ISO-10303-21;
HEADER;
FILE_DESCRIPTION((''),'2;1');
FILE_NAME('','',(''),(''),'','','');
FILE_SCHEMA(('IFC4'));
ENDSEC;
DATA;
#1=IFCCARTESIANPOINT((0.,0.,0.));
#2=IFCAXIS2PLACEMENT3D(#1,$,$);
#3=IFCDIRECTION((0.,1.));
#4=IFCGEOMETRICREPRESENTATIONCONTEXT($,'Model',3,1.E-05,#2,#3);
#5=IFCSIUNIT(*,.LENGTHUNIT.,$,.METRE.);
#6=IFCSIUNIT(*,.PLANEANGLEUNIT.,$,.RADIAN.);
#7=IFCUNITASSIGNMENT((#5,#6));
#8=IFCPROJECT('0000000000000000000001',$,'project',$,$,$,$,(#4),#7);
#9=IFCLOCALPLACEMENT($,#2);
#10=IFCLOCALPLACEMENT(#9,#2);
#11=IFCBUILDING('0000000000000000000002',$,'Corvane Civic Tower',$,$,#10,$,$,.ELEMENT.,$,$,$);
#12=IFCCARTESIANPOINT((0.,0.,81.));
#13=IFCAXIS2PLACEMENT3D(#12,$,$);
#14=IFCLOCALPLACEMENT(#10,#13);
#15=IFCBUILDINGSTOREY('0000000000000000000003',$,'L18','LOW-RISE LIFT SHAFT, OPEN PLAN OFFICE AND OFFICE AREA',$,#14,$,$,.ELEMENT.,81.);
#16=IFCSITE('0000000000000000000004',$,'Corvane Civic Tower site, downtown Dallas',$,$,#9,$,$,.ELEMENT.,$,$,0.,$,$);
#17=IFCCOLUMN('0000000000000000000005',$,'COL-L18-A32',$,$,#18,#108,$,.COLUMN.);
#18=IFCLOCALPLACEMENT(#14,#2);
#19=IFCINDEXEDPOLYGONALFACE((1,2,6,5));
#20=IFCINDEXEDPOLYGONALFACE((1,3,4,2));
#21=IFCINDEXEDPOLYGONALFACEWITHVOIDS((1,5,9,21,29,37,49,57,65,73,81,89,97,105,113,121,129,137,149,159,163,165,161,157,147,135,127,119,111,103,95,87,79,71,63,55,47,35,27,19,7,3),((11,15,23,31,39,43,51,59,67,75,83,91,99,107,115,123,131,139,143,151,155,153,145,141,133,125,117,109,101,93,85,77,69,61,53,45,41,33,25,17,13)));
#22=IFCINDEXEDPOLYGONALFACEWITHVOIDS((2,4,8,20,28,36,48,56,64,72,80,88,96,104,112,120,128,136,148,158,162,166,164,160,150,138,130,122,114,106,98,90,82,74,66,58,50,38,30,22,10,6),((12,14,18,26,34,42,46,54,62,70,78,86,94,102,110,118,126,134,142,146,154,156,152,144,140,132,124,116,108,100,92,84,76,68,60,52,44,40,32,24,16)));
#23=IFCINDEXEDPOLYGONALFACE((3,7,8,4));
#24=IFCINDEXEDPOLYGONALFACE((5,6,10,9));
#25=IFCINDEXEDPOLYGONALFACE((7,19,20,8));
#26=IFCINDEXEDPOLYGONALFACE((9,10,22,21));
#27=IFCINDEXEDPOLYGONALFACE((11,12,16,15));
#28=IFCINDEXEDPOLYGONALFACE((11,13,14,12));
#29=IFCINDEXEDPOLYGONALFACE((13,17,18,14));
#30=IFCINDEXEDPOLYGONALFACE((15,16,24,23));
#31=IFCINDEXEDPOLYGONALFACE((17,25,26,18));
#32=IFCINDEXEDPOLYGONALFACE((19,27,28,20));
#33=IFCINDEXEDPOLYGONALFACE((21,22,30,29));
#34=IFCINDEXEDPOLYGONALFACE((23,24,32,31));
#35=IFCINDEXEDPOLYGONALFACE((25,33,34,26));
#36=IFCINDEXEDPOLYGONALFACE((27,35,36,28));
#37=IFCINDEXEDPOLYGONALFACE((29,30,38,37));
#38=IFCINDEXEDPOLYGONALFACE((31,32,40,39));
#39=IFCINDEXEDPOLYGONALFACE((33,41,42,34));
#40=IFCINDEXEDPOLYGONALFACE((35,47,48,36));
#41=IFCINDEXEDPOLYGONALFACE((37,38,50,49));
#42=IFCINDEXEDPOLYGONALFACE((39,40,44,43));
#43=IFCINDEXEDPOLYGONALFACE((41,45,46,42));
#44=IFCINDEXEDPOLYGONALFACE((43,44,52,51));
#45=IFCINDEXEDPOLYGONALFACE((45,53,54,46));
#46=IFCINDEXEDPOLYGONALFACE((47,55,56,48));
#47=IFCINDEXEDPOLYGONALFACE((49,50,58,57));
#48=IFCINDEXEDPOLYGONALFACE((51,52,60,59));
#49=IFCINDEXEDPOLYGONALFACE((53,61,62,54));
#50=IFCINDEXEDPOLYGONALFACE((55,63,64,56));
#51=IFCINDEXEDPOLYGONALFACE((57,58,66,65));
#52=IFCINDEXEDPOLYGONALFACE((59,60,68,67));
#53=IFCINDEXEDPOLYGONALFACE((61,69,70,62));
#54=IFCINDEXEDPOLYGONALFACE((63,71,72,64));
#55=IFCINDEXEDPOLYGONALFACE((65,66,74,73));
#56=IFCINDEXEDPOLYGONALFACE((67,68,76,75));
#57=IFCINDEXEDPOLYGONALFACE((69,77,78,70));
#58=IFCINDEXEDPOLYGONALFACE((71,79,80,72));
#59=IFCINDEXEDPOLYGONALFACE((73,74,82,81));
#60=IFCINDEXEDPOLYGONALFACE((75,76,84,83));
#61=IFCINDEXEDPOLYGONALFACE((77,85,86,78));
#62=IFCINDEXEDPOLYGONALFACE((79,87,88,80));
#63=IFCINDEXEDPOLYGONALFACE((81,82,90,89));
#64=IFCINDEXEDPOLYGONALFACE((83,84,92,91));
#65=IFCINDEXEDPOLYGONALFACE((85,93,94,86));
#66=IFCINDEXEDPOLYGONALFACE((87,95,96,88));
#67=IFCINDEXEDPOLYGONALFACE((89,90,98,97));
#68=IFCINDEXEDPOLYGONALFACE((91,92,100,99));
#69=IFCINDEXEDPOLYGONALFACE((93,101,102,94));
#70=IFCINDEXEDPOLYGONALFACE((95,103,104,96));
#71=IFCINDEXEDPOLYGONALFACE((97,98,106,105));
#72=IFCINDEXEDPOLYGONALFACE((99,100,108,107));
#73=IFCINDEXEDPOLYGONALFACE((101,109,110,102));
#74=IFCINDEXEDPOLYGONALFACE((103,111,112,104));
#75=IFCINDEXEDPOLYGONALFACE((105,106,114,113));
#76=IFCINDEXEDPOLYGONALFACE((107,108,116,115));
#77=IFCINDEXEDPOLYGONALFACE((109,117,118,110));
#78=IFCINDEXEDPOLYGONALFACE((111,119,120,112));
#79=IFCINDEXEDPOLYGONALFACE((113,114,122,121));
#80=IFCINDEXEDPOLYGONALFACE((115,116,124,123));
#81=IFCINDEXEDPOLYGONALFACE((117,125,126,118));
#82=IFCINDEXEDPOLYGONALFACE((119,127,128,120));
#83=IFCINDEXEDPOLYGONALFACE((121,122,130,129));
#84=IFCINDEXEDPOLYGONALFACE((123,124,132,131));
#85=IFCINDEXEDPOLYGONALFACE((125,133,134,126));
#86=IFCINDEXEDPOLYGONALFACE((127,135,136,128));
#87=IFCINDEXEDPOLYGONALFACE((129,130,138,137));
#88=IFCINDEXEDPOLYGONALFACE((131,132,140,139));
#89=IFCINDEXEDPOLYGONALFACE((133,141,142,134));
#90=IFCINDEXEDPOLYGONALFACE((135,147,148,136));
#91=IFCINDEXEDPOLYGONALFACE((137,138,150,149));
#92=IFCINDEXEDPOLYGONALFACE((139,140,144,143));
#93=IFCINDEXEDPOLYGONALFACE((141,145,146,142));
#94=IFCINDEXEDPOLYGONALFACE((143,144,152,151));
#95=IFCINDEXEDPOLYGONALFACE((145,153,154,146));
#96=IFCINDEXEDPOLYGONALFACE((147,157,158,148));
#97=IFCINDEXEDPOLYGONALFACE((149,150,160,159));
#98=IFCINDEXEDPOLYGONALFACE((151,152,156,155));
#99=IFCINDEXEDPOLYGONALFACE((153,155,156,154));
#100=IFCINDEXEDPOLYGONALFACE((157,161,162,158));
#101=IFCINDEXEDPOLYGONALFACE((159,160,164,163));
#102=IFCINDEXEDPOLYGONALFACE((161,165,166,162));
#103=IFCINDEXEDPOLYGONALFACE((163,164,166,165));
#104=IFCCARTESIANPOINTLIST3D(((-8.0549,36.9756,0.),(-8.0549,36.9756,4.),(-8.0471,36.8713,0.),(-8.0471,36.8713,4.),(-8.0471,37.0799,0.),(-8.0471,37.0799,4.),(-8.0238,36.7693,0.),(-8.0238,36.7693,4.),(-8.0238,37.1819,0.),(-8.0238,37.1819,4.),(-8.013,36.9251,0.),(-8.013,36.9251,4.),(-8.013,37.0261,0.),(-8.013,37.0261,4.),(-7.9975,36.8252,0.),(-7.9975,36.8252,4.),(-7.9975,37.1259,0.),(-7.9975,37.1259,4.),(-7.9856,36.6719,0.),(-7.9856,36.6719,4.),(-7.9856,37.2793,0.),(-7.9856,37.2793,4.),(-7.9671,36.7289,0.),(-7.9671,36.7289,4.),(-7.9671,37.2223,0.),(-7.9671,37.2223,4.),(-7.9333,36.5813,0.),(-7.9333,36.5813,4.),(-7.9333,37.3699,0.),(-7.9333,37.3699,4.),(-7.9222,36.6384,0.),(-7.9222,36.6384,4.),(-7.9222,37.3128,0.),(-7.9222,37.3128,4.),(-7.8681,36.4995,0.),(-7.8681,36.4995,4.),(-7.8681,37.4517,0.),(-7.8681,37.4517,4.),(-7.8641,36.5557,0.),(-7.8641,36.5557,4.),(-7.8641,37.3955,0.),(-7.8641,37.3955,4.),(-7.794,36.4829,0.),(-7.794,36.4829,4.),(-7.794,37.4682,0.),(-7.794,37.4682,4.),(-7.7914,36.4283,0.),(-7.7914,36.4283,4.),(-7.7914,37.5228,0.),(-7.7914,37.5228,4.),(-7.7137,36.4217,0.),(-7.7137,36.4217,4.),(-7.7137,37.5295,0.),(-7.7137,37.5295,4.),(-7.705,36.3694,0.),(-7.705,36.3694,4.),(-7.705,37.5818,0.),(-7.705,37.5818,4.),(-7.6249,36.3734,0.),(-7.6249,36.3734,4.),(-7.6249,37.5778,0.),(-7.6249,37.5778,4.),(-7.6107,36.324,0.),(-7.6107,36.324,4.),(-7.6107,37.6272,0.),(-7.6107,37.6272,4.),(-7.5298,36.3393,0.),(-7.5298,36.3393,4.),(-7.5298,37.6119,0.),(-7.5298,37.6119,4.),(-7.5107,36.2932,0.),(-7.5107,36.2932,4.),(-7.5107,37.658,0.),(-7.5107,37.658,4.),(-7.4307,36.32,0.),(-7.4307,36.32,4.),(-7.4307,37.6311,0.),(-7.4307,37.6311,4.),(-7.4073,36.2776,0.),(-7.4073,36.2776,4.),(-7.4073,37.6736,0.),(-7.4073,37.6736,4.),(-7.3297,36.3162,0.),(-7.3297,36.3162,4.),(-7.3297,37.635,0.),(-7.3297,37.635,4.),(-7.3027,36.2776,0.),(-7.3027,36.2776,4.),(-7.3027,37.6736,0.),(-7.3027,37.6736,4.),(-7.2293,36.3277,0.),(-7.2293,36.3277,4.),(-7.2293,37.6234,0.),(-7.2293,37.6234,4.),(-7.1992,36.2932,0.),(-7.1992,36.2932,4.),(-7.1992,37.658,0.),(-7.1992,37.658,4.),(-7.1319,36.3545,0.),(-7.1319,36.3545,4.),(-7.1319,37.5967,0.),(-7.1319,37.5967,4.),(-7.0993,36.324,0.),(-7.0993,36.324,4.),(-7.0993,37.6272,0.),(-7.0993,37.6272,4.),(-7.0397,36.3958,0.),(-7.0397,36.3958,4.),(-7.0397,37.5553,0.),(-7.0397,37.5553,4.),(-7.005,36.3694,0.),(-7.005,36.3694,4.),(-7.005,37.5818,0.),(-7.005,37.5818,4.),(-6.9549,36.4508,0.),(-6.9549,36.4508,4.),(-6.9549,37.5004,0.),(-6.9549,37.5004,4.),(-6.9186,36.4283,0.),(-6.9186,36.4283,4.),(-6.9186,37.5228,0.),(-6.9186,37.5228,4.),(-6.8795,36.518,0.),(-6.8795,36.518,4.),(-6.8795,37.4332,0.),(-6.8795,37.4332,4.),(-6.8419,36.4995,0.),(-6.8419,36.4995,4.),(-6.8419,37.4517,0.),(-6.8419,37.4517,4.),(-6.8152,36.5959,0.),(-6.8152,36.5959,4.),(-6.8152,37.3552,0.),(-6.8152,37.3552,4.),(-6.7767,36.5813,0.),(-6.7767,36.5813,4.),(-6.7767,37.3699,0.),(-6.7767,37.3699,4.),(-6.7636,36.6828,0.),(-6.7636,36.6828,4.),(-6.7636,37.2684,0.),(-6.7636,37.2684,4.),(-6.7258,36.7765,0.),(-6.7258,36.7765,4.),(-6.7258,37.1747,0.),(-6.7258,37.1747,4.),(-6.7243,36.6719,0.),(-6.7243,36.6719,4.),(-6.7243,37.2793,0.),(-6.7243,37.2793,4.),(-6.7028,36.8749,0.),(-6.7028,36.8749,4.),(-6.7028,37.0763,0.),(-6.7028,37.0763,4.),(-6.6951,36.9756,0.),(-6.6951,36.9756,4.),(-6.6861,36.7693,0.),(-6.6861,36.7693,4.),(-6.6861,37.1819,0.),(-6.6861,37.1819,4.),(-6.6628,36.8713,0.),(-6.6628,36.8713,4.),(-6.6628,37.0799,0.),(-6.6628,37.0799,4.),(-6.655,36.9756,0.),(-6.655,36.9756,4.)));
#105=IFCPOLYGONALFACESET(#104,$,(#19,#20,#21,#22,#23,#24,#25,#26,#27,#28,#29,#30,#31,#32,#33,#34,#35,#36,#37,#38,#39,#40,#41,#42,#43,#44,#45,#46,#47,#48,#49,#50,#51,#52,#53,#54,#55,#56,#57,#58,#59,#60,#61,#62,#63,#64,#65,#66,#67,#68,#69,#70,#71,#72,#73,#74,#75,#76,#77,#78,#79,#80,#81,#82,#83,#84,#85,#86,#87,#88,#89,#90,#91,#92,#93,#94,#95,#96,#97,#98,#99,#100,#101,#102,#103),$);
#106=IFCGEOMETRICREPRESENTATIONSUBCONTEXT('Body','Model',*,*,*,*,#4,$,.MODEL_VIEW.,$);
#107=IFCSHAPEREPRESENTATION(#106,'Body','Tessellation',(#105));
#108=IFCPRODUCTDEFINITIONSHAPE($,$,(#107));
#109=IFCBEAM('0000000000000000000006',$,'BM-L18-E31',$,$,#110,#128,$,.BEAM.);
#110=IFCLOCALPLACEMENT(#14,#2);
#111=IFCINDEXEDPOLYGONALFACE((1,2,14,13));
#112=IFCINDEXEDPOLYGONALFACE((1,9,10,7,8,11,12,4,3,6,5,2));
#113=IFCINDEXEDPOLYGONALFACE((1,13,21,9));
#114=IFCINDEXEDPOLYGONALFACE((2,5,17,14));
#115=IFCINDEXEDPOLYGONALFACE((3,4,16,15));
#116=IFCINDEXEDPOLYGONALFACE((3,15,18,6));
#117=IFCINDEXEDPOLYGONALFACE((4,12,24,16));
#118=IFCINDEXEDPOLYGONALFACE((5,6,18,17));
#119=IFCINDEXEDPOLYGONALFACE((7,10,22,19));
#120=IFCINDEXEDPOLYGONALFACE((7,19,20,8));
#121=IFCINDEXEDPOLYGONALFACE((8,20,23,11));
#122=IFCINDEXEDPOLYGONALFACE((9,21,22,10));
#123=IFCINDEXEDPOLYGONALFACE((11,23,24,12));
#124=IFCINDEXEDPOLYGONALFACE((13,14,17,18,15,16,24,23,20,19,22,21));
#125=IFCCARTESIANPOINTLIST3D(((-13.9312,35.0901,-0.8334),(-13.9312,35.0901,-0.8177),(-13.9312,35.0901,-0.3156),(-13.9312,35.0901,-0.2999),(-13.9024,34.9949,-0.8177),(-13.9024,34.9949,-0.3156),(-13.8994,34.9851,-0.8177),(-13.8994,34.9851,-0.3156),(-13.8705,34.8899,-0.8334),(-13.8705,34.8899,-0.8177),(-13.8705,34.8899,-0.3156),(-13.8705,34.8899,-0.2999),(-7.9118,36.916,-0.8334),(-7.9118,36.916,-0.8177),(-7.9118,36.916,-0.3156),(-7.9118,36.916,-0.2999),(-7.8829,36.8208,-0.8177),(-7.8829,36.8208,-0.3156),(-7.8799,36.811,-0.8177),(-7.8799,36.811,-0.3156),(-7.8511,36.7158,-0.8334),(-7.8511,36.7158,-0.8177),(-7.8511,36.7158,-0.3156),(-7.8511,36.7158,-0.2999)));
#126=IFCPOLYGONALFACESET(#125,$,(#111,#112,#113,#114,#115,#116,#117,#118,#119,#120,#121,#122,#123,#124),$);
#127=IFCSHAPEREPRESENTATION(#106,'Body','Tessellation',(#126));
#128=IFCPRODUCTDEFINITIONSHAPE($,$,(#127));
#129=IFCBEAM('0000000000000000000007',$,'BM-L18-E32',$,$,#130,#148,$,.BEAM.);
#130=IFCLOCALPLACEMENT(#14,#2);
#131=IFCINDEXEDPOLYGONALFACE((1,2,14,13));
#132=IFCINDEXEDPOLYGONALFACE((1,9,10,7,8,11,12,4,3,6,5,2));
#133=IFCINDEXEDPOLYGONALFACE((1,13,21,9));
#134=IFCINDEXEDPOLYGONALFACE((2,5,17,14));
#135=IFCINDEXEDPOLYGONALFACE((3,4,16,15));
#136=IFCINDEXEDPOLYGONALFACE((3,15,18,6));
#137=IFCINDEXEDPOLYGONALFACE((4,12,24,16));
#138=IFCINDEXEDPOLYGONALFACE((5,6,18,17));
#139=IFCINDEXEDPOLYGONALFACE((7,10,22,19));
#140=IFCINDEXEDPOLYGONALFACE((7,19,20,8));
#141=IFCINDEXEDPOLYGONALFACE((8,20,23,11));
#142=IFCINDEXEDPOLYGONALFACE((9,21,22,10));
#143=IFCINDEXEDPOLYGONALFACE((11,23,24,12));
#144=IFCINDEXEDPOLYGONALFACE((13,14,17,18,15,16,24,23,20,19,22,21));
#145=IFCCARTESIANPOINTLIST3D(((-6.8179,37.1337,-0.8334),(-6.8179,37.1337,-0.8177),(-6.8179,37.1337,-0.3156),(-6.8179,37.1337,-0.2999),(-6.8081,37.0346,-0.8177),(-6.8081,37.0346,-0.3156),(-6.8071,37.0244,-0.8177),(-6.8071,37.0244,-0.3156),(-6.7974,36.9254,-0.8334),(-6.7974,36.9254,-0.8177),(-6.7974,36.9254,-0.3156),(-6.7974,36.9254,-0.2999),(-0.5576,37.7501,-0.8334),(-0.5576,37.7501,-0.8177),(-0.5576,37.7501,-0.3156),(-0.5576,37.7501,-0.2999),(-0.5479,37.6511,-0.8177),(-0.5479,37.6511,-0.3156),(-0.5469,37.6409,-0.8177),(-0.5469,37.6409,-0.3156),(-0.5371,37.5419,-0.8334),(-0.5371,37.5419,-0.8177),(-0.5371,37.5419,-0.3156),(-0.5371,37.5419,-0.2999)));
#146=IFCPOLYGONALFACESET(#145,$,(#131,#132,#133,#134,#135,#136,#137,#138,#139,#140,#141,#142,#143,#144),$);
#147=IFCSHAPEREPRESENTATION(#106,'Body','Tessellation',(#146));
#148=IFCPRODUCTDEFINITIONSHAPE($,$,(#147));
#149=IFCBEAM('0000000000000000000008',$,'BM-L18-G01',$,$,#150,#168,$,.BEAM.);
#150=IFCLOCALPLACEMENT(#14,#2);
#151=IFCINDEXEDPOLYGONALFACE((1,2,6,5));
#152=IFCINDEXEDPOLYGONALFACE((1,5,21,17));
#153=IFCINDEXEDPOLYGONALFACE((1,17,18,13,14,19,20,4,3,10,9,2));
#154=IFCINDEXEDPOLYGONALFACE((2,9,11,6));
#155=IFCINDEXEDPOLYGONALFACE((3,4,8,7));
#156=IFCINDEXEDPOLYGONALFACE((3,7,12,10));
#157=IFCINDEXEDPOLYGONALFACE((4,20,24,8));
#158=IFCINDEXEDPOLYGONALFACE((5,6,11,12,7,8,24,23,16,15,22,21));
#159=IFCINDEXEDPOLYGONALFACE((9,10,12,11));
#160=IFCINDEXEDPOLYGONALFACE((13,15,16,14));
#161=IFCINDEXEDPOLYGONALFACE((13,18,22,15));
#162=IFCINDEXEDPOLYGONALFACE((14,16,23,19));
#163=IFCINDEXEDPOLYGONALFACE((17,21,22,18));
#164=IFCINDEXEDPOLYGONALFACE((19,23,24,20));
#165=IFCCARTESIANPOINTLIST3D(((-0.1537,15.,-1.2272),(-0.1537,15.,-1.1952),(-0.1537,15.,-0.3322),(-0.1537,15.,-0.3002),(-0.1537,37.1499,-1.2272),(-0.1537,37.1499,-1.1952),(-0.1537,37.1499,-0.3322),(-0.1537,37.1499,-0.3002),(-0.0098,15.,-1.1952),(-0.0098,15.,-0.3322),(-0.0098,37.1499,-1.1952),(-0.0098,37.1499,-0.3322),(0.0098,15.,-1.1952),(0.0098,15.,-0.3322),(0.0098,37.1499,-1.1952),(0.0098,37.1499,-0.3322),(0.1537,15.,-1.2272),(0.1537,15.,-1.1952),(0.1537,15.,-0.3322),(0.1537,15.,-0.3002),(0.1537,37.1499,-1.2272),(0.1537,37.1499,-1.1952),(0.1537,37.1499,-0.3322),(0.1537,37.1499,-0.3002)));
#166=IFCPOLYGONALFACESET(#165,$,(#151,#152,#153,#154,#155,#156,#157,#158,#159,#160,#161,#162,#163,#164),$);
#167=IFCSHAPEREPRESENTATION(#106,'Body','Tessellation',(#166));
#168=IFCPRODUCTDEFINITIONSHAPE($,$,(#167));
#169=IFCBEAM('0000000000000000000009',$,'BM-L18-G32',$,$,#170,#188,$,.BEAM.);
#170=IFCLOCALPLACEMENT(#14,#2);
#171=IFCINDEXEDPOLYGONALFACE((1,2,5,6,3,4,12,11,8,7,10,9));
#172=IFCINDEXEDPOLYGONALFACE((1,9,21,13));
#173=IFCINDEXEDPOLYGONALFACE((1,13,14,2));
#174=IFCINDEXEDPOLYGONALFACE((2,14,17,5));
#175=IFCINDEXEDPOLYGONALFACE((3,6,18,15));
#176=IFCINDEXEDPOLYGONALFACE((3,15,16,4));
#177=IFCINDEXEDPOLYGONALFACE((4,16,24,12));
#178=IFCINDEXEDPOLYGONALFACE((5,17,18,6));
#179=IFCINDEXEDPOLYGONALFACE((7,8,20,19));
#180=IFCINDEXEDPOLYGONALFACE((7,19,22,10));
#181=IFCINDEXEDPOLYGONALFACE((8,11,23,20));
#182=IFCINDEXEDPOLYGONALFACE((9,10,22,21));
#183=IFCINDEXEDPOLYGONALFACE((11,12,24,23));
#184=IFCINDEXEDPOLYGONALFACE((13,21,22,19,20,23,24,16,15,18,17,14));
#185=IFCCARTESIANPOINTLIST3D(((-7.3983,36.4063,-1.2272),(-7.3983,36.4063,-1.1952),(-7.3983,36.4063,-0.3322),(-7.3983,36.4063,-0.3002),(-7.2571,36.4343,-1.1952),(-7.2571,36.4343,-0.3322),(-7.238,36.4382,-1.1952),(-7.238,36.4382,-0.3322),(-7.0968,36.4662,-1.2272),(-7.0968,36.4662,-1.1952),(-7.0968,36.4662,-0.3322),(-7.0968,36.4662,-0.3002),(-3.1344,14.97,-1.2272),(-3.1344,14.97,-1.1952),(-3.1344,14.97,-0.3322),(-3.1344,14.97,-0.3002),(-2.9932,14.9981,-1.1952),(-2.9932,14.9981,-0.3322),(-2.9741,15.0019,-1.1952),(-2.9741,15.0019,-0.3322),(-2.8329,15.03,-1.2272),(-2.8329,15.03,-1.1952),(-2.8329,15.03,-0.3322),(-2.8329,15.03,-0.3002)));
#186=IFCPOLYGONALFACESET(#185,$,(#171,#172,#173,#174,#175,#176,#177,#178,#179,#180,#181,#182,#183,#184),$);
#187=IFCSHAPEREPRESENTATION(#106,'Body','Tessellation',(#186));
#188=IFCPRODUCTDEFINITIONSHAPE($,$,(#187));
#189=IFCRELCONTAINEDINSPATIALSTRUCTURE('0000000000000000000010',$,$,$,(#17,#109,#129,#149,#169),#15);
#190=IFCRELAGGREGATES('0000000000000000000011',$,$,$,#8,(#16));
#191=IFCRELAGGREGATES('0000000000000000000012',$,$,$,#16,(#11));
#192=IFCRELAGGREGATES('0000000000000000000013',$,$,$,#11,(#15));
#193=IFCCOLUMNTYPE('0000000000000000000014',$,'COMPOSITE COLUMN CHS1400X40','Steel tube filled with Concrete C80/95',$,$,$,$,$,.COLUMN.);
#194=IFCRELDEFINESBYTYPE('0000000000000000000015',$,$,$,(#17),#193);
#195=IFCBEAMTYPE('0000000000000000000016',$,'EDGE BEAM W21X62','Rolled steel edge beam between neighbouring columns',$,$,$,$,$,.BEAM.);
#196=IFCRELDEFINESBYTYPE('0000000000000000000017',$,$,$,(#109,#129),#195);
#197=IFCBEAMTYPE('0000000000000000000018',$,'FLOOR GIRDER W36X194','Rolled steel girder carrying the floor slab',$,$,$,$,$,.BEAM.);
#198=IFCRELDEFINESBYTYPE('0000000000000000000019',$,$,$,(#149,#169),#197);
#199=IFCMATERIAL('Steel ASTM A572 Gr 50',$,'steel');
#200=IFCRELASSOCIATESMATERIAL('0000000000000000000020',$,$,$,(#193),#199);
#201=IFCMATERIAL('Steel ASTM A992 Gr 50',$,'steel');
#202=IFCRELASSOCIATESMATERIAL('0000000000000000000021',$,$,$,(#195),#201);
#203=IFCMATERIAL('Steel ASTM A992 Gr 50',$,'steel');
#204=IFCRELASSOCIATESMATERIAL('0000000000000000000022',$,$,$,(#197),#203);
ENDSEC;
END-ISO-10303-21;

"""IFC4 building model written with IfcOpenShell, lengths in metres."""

from ifc_helpers import new_model, si_unit, direction, frame, origin, origin_2d, place, context, subcontext, project, spatial, hollow_circle, i_section, extrude, material, material_profile, profile_set, type_object, element, save


model = new_model("IFC4")

# Units and contexts
model_context = context("Model", 3, precision=1e-05, world=origin(), true_north=direction((0.0, 1.0)))
body_context = subcontext(model_context, "Body", "Model", "MODEL_VIEW")
ifc_project = project(units=[si_unit("LENGTHUNIT", "METRE"), si_unit("PLANEANGLEUNIT", "RADIAN")], contexts=[model_context])

# Site, building, storey
site_placement = place(None, origin())
site = spatial("IfcSite", under=ifc_project, at=site_placement, Name="Corvane Civic Tower site, downtown Dallas", CompositionType="ELEMENT", RefElevation=0.0)
building_placement = place(site_placement, origin())
building = spatial("IfcBuilding", under=site, at=building_placement, Name="Corvane Civic Tower", CompositionType="ELEMENT")
storey_placement = place(building_placement, frame((0.0, 0.0, 81.0)))
storey = spatial("IfcBuildingStorey", under=building, at=storey_placement, Name="L18", Description="LOW-RISE LIFT SHAFT, OPEN PLAN OFFICE AND OFFICE AREA", CompositionType="ELEMENT", Elevation=81.0)

# Column
ifc_material_1 = material(Name="Steel ASTM A572 Gr 50", Category="steel")
ifc_material_profile_1 = material_profile(ifc_material_1, hollow_circle(Radius=0.7, WallThickness=0.04, at=origin_2d()), Name="CHS1400X40")
ifc_profile_set_1 = profile_set([ifc_material_profile_1], Name="Steel ASTM A572 Gr 50")
column_type = type_object("IfcColumnType", Name="COMPOSITE COLUMN CHS1400X40", Description="Steel tube filled with Concrete C80/95", PredefinedType="COLUMN", material=ifc_profile_set_1)
for number, where, z_axis, x_axis, name in (
    (1, (-7.355, 36.9756, 0.0), (0.0, 0.0, 1.0), (1.0, 0.0, 0.0), "COL-L18-A32"),
):
    element("IfcColumn", number, at=place(storey_placement, frame(where, z_axis=z_axis, x_axis=x_axis)), inside=storey, type_object=column_type, Name=name, PredefinedType="COLUMN", context=body_context, shape_type="SweptSolid", body=[
        extrude(hollow_circle(Radius=0.7, WallThickness=0.04, at=origin_2d()), origin(), (0.0, 0.0, 1.0), 4.0),
    ])

# Beams
ifc_material_2 = material(Name="Steel ASTM A992 Gr 50", Category="steel")
ifc_material_profile_2 = material_profile(ifc_material_2, i_section(OverallWidth=0.2092, OverallDepth=0.5334, WebThickness=0.0103, FlangeThickness=0.0156, at=origin_2d()), Name="W21X62")
ifc_profile_set_2 = profile_set([ifc_material_profile_2], Name="Steel ASTM A992 Gr 50")
beam_type_1 = type_object("IfcBeamType", Name="EDGE BEAM W21X62", Description="Rolled steel edge beam between neighbouring columns", PredefinedType="BEAM", material=ifc_profile_set_2)
beam_1_placement = place(storey_placement, frame((-13.9009, 34.99, -0.5667), z_axis=(0.956944, 0.290273, 0.0), x_axis=(-0.290273, 0.956944, 0.0)))
element("IfcBeam", 2, at=beam_1_placement, inside=storey, type_object=beam_type_1, Name="BM-L18-E31", PredefinedType="BEAM", context=body_context, shape_type="SweptSolid", body=[
    extrude(i_section(OverallWidth=0.2092, OverallDepth=0.5334, WebThickness=0.0103, FlangeThickness=0.0156, at=origin_2d()), origin(), (0.0, 0.0, 1.0), 6.2903),
])
beam_2_placement = place(storey_placement, frame((-6.8076, 37.0295, -0.5667), z_axis=(0.995187, 0.097997, 0.0), x_axis=(-0.097997, 0.995187, 0.0)))
element("IfcBeam", 3, at=beam_2_placement, inside=storey, type_object=beam_type_1, Name="BM-L18-E32", PredefinedType="BEAM", context=body_context, shape_type="SweptSolid", body=[
    extrude(i_section(OverallWidth=0.2092, OverallDepth=0.5334, WebThickness=0.0103, FlangeThickness=0.0156, at=origin_2d()), origin(), (0.0, 0.0, 1.0), 6.2905),
])
ifc_material_3 = material(Name="Steel ASTM A992 Gr 50", Category="steel")
ifc_material_profile_3 = material_profile(ifc_material_3, i_section(OverallWidth=0.3074, OverallDepth=0.927, WebThickness=0.0195, FlangeThickness=0.032, at=origin_2d()), Name="W36X194")
ifc_profile_set_3 = profile_set([ifc_material_profile_3], Name="Steel ASTM A992 Gr 50")
beam_type_2 = type_object("IfcBeamType", Name="FLOOR GIRDER W36X194", Description="Rolled steel girder carrying the floor slab", PredefinedType="BEAM", material=ifc_profile_set_3)
beam_3_placement = place(storey_placement, frame((0.0, 15.0, -0.7637), z_axis=(0.0, 1.0, 0.0), x_axis=(-1.0, 0.0, 0.0)))
element("IfcBeam", 4, at=beam_3_placement, inside=storey, type_object=beam_type_2, Name="BM-L18-G01", PredefinedType="BEAM", context=body_context, shape_type="SweptSolid", body=[
    extrude(i_section(OverallWidth=0.3074, OverallDepth=0.927, WebThickness=0.0195, FlangeThickness=0.032, at=origin_2d()), origin(), (0.0, 0.0, 1.0), 22.1499),
])
beam_4_placement = place(storey_placement, frame((-2.9836, 15.0, -0.7637), z_axis=(-0.195089, 0.980785, 0.0), x_axis=(-0.980785, -0.195089, 0.0)))
element("IfcBeam", 5, at=beam_4_placement, inside=storey, type_object=beam_type_2, Name="BM-L18-G32", PredefinedType="BEAM", context=body_context, shape_type="SweptSolid", body=[
    extrude(i_section(OverallWidth=0.3074, OverallDepth=0.927, WebThickness=0.0195, FlangeThickness=0.032, at=origin_2d()), origin(), (0.0, 0.0, 1.0), 21.8562),
])

save(model, "model.ifc")
